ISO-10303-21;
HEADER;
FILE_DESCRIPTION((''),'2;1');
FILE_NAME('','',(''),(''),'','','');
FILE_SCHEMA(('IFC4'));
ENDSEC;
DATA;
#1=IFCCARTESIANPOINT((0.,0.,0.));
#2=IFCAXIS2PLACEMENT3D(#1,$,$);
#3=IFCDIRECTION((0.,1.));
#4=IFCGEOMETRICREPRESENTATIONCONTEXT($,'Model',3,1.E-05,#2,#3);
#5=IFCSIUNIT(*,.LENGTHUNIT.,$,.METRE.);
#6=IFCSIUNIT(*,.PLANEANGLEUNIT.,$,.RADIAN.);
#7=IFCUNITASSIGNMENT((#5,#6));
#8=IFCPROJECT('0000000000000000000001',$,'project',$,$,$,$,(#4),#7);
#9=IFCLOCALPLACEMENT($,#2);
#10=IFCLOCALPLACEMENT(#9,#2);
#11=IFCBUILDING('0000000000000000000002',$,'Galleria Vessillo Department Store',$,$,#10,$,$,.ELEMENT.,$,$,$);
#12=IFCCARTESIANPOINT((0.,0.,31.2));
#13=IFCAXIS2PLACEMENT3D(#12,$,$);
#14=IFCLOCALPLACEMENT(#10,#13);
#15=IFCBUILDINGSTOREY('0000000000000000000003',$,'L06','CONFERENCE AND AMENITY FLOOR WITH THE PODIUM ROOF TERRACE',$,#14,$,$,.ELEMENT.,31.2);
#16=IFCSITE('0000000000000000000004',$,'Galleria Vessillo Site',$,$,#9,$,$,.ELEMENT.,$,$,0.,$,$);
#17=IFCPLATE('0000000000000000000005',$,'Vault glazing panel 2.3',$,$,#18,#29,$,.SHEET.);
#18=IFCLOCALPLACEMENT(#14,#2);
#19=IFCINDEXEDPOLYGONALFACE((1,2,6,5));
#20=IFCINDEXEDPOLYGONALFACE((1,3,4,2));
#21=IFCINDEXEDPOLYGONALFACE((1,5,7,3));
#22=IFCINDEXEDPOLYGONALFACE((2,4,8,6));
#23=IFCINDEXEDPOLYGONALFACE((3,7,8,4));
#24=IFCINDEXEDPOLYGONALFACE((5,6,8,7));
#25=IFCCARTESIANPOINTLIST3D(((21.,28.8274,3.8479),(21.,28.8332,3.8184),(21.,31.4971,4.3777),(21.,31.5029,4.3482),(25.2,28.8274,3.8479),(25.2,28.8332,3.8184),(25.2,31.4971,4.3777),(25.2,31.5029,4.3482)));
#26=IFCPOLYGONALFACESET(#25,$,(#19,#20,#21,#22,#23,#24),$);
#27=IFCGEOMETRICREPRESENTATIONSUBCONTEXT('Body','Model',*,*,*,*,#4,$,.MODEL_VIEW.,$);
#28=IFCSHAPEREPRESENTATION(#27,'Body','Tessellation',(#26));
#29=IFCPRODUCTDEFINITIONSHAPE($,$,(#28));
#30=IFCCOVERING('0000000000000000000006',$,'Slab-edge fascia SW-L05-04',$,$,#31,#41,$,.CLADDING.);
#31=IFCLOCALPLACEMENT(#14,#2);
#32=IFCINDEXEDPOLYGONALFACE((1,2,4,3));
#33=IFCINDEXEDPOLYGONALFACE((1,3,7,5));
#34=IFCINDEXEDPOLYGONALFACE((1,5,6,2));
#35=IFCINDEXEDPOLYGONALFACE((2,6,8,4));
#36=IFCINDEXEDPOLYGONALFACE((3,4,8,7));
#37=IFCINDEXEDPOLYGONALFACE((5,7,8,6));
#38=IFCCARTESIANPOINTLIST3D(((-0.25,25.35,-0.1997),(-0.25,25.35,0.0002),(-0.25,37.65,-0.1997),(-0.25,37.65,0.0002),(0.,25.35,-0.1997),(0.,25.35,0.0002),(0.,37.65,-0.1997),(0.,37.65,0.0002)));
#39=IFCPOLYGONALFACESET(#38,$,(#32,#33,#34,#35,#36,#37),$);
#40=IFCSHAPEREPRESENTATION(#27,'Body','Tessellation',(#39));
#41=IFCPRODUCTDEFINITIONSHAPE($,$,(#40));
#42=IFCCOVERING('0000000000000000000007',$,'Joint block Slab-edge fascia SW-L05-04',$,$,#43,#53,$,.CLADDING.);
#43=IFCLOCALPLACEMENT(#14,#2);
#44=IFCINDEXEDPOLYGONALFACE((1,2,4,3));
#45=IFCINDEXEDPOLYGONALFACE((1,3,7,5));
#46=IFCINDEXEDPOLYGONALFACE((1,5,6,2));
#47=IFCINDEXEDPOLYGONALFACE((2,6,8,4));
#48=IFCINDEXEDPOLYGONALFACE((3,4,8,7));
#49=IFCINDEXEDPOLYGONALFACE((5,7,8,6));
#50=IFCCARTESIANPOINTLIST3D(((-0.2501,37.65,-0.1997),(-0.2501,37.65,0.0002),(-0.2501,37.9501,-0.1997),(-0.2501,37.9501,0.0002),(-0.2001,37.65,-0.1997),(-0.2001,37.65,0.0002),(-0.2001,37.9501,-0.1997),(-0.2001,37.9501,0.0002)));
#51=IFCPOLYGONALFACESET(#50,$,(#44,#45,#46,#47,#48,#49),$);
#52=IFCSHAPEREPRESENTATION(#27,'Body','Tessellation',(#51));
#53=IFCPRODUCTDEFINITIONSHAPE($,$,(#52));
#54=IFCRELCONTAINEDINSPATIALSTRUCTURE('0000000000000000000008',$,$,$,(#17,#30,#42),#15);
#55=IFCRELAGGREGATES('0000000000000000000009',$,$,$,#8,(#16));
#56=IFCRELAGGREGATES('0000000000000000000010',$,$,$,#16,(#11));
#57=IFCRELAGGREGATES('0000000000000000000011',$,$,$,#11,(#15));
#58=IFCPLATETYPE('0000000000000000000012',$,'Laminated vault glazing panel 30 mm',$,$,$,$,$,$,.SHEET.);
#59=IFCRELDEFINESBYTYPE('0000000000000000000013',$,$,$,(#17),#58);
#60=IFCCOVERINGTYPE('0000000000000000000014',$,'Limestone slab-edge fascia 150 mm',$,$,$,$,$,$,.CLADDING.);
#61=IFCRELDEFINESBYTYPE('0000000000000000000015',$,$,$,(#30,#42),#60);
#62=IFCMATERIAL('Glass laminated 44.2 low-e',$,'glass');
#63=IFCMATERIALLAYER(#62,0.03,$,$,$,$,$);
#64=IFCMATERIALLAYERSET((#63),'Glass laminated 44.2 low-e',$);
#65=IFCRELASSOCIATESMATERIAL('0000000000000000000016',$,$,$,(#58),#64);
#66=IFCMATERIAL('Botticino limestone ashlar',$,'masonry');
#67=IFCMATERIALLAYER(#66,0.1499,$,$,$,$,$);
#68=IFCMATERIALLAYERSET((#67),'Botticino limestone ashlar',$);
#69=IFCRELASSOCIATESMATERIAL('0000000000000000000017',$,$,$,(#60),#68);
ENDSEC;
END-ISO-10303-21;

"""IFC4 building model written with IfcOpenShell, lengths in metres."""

from ifc_helpers import new_model, si_unit, direction, frame, origin, origin_2d, place, context, subcontext, project, spatial, polyline, rectangle, outline, extrude, material, layer, layer_set, type_object, element, save


model = new_model("IFC4")

# Units and contexts
model_context = context("Model", 3, precision=1e-05, world=origin(), true_north=direction((0.0, 1.0)))
body_context = subcontext(model_context, "Body", "Model", "MODEL_VIEW")
ifc_project = project(units=[si_unit("LENGTHUNIT", "METRE"), si_unit("PLANEANGLEUNIT", "RADIAN")], contexts=[model_context])

# Site, building, storey
site_placement = place(None, origin())
site = spatial("IfcSite", under=ifc_project, at=site_placement, Name="Galleria Vessillo Site", CompositionType="ELEMENT", RefElevation=0.0)
building_placement = place(site_placement, origin())
building = spatial("IfcBuilding", under=site, at=building_placement, Name="Galleria Vessillo Department Store", CompositionType="ELEMENT")
storey_placement = place(building_placement, frame((0.0, 0.0, 31.2)))
storey = spatial("IfcBuildingStorey", under=building, at=storey_placement, Name="L06", Description="CONFERENCE AND AMENITY FLOOR WITH THE PODIUM ROOF TERRACE", CompositionType="ELEMENT", Elevation=31.2)

# Plate
ifc_material_1 = material(Name="Glass laminated 44.2 low-e", Category="glass")
ifc_layer_1 = layer(ifc_material_1, 0.03)
ifc_layer_set_1 = layer_set([ifc_layer_1], Name="Glass laminated 44.2 low-e")
plate_type = type_object("IfcPlateType", Name="Laminated vault glazing panel 30 mm", PredefinedType="SHEET", material=ifc_layer_set_1)
plate_1_placement = place(storey_placement, frame((21.0, 28.8274, 3.8479), z_axis=(0.0, -0.19465, 0.980873), x_axis=(1.0, 0.0, 0.0)))
element("IfcPlate", 1, at=plate_1_placement, inside=storey, type_object=plate_type, Name="Vault glazing panel 2.3", PredefinedType="SHEET", context=body_context, shape_type="SweptSolid", body=[
    extrude(outline(polyline([(0.0, 0.0), (4.2, 0.0), (4.2, 2.7217), (0.0, 2.7217), (0.0, 0.0)])), origin(), (0.0, 0.0, -1.0), 0.03),
])

# Coverings
ifc_material_2 = material(Name="Botticino limestone ashlar", Category="masonry")
ifc_layer_2 = layer(ifc_material_2, 0.1499)
ifc_layer_set_2 = layer_set([ifc_layer_2], Name="Botticino limestone ashlar")
covering_type = type_object("IfcCoveringType", Name="Limestone slab-edge fascia 150 mm", PredefinedType="CLADDING", material=ifc_layer_set_2)
covering_1_placement = place(storey_placement, frame((-0.125, 31.5, -0.1997), z_axis=(0.0, 0.0, 1.0), x_axis=(1.0, 0.0, 0.0)))
element("IfcCovering", 2, at=covering_1_placement, inside=storey, type_object=covering_type, Name="Slab-edge fascia SW-L05-04", PredefinedType="CLADDING", context=body_context, shape_type="SweptSolid", body=[
    extrude(rectangle(XDim=0.25, YDim=12.3, at=origin_2d()), origin(), (0.0, 0.0, 1.0), 0.2),
])
covering_2_placement = place(storey_placement, frame((-0.2251, 37.8, -0.1997), z_axis=(0.0, 0.0, 1.0), x_axis=(1.0, 0.0, 0.0)))
element("IfcCovering", 3, at=covering_2_placement, inside=storey, type_object=covering_type, Name="Joint block Slab-edge fascia SW-L05-04", PredefinedType="CLADDING", context=body_context, shape_type="SweptSolid", body=[
    extrude(rectangle(XDim=0.05, YDim=0.3, at=origin_2d()), origin(), (0.0, 0.0, 1.0), 0.2),
])

save(model, "model.ifc")
